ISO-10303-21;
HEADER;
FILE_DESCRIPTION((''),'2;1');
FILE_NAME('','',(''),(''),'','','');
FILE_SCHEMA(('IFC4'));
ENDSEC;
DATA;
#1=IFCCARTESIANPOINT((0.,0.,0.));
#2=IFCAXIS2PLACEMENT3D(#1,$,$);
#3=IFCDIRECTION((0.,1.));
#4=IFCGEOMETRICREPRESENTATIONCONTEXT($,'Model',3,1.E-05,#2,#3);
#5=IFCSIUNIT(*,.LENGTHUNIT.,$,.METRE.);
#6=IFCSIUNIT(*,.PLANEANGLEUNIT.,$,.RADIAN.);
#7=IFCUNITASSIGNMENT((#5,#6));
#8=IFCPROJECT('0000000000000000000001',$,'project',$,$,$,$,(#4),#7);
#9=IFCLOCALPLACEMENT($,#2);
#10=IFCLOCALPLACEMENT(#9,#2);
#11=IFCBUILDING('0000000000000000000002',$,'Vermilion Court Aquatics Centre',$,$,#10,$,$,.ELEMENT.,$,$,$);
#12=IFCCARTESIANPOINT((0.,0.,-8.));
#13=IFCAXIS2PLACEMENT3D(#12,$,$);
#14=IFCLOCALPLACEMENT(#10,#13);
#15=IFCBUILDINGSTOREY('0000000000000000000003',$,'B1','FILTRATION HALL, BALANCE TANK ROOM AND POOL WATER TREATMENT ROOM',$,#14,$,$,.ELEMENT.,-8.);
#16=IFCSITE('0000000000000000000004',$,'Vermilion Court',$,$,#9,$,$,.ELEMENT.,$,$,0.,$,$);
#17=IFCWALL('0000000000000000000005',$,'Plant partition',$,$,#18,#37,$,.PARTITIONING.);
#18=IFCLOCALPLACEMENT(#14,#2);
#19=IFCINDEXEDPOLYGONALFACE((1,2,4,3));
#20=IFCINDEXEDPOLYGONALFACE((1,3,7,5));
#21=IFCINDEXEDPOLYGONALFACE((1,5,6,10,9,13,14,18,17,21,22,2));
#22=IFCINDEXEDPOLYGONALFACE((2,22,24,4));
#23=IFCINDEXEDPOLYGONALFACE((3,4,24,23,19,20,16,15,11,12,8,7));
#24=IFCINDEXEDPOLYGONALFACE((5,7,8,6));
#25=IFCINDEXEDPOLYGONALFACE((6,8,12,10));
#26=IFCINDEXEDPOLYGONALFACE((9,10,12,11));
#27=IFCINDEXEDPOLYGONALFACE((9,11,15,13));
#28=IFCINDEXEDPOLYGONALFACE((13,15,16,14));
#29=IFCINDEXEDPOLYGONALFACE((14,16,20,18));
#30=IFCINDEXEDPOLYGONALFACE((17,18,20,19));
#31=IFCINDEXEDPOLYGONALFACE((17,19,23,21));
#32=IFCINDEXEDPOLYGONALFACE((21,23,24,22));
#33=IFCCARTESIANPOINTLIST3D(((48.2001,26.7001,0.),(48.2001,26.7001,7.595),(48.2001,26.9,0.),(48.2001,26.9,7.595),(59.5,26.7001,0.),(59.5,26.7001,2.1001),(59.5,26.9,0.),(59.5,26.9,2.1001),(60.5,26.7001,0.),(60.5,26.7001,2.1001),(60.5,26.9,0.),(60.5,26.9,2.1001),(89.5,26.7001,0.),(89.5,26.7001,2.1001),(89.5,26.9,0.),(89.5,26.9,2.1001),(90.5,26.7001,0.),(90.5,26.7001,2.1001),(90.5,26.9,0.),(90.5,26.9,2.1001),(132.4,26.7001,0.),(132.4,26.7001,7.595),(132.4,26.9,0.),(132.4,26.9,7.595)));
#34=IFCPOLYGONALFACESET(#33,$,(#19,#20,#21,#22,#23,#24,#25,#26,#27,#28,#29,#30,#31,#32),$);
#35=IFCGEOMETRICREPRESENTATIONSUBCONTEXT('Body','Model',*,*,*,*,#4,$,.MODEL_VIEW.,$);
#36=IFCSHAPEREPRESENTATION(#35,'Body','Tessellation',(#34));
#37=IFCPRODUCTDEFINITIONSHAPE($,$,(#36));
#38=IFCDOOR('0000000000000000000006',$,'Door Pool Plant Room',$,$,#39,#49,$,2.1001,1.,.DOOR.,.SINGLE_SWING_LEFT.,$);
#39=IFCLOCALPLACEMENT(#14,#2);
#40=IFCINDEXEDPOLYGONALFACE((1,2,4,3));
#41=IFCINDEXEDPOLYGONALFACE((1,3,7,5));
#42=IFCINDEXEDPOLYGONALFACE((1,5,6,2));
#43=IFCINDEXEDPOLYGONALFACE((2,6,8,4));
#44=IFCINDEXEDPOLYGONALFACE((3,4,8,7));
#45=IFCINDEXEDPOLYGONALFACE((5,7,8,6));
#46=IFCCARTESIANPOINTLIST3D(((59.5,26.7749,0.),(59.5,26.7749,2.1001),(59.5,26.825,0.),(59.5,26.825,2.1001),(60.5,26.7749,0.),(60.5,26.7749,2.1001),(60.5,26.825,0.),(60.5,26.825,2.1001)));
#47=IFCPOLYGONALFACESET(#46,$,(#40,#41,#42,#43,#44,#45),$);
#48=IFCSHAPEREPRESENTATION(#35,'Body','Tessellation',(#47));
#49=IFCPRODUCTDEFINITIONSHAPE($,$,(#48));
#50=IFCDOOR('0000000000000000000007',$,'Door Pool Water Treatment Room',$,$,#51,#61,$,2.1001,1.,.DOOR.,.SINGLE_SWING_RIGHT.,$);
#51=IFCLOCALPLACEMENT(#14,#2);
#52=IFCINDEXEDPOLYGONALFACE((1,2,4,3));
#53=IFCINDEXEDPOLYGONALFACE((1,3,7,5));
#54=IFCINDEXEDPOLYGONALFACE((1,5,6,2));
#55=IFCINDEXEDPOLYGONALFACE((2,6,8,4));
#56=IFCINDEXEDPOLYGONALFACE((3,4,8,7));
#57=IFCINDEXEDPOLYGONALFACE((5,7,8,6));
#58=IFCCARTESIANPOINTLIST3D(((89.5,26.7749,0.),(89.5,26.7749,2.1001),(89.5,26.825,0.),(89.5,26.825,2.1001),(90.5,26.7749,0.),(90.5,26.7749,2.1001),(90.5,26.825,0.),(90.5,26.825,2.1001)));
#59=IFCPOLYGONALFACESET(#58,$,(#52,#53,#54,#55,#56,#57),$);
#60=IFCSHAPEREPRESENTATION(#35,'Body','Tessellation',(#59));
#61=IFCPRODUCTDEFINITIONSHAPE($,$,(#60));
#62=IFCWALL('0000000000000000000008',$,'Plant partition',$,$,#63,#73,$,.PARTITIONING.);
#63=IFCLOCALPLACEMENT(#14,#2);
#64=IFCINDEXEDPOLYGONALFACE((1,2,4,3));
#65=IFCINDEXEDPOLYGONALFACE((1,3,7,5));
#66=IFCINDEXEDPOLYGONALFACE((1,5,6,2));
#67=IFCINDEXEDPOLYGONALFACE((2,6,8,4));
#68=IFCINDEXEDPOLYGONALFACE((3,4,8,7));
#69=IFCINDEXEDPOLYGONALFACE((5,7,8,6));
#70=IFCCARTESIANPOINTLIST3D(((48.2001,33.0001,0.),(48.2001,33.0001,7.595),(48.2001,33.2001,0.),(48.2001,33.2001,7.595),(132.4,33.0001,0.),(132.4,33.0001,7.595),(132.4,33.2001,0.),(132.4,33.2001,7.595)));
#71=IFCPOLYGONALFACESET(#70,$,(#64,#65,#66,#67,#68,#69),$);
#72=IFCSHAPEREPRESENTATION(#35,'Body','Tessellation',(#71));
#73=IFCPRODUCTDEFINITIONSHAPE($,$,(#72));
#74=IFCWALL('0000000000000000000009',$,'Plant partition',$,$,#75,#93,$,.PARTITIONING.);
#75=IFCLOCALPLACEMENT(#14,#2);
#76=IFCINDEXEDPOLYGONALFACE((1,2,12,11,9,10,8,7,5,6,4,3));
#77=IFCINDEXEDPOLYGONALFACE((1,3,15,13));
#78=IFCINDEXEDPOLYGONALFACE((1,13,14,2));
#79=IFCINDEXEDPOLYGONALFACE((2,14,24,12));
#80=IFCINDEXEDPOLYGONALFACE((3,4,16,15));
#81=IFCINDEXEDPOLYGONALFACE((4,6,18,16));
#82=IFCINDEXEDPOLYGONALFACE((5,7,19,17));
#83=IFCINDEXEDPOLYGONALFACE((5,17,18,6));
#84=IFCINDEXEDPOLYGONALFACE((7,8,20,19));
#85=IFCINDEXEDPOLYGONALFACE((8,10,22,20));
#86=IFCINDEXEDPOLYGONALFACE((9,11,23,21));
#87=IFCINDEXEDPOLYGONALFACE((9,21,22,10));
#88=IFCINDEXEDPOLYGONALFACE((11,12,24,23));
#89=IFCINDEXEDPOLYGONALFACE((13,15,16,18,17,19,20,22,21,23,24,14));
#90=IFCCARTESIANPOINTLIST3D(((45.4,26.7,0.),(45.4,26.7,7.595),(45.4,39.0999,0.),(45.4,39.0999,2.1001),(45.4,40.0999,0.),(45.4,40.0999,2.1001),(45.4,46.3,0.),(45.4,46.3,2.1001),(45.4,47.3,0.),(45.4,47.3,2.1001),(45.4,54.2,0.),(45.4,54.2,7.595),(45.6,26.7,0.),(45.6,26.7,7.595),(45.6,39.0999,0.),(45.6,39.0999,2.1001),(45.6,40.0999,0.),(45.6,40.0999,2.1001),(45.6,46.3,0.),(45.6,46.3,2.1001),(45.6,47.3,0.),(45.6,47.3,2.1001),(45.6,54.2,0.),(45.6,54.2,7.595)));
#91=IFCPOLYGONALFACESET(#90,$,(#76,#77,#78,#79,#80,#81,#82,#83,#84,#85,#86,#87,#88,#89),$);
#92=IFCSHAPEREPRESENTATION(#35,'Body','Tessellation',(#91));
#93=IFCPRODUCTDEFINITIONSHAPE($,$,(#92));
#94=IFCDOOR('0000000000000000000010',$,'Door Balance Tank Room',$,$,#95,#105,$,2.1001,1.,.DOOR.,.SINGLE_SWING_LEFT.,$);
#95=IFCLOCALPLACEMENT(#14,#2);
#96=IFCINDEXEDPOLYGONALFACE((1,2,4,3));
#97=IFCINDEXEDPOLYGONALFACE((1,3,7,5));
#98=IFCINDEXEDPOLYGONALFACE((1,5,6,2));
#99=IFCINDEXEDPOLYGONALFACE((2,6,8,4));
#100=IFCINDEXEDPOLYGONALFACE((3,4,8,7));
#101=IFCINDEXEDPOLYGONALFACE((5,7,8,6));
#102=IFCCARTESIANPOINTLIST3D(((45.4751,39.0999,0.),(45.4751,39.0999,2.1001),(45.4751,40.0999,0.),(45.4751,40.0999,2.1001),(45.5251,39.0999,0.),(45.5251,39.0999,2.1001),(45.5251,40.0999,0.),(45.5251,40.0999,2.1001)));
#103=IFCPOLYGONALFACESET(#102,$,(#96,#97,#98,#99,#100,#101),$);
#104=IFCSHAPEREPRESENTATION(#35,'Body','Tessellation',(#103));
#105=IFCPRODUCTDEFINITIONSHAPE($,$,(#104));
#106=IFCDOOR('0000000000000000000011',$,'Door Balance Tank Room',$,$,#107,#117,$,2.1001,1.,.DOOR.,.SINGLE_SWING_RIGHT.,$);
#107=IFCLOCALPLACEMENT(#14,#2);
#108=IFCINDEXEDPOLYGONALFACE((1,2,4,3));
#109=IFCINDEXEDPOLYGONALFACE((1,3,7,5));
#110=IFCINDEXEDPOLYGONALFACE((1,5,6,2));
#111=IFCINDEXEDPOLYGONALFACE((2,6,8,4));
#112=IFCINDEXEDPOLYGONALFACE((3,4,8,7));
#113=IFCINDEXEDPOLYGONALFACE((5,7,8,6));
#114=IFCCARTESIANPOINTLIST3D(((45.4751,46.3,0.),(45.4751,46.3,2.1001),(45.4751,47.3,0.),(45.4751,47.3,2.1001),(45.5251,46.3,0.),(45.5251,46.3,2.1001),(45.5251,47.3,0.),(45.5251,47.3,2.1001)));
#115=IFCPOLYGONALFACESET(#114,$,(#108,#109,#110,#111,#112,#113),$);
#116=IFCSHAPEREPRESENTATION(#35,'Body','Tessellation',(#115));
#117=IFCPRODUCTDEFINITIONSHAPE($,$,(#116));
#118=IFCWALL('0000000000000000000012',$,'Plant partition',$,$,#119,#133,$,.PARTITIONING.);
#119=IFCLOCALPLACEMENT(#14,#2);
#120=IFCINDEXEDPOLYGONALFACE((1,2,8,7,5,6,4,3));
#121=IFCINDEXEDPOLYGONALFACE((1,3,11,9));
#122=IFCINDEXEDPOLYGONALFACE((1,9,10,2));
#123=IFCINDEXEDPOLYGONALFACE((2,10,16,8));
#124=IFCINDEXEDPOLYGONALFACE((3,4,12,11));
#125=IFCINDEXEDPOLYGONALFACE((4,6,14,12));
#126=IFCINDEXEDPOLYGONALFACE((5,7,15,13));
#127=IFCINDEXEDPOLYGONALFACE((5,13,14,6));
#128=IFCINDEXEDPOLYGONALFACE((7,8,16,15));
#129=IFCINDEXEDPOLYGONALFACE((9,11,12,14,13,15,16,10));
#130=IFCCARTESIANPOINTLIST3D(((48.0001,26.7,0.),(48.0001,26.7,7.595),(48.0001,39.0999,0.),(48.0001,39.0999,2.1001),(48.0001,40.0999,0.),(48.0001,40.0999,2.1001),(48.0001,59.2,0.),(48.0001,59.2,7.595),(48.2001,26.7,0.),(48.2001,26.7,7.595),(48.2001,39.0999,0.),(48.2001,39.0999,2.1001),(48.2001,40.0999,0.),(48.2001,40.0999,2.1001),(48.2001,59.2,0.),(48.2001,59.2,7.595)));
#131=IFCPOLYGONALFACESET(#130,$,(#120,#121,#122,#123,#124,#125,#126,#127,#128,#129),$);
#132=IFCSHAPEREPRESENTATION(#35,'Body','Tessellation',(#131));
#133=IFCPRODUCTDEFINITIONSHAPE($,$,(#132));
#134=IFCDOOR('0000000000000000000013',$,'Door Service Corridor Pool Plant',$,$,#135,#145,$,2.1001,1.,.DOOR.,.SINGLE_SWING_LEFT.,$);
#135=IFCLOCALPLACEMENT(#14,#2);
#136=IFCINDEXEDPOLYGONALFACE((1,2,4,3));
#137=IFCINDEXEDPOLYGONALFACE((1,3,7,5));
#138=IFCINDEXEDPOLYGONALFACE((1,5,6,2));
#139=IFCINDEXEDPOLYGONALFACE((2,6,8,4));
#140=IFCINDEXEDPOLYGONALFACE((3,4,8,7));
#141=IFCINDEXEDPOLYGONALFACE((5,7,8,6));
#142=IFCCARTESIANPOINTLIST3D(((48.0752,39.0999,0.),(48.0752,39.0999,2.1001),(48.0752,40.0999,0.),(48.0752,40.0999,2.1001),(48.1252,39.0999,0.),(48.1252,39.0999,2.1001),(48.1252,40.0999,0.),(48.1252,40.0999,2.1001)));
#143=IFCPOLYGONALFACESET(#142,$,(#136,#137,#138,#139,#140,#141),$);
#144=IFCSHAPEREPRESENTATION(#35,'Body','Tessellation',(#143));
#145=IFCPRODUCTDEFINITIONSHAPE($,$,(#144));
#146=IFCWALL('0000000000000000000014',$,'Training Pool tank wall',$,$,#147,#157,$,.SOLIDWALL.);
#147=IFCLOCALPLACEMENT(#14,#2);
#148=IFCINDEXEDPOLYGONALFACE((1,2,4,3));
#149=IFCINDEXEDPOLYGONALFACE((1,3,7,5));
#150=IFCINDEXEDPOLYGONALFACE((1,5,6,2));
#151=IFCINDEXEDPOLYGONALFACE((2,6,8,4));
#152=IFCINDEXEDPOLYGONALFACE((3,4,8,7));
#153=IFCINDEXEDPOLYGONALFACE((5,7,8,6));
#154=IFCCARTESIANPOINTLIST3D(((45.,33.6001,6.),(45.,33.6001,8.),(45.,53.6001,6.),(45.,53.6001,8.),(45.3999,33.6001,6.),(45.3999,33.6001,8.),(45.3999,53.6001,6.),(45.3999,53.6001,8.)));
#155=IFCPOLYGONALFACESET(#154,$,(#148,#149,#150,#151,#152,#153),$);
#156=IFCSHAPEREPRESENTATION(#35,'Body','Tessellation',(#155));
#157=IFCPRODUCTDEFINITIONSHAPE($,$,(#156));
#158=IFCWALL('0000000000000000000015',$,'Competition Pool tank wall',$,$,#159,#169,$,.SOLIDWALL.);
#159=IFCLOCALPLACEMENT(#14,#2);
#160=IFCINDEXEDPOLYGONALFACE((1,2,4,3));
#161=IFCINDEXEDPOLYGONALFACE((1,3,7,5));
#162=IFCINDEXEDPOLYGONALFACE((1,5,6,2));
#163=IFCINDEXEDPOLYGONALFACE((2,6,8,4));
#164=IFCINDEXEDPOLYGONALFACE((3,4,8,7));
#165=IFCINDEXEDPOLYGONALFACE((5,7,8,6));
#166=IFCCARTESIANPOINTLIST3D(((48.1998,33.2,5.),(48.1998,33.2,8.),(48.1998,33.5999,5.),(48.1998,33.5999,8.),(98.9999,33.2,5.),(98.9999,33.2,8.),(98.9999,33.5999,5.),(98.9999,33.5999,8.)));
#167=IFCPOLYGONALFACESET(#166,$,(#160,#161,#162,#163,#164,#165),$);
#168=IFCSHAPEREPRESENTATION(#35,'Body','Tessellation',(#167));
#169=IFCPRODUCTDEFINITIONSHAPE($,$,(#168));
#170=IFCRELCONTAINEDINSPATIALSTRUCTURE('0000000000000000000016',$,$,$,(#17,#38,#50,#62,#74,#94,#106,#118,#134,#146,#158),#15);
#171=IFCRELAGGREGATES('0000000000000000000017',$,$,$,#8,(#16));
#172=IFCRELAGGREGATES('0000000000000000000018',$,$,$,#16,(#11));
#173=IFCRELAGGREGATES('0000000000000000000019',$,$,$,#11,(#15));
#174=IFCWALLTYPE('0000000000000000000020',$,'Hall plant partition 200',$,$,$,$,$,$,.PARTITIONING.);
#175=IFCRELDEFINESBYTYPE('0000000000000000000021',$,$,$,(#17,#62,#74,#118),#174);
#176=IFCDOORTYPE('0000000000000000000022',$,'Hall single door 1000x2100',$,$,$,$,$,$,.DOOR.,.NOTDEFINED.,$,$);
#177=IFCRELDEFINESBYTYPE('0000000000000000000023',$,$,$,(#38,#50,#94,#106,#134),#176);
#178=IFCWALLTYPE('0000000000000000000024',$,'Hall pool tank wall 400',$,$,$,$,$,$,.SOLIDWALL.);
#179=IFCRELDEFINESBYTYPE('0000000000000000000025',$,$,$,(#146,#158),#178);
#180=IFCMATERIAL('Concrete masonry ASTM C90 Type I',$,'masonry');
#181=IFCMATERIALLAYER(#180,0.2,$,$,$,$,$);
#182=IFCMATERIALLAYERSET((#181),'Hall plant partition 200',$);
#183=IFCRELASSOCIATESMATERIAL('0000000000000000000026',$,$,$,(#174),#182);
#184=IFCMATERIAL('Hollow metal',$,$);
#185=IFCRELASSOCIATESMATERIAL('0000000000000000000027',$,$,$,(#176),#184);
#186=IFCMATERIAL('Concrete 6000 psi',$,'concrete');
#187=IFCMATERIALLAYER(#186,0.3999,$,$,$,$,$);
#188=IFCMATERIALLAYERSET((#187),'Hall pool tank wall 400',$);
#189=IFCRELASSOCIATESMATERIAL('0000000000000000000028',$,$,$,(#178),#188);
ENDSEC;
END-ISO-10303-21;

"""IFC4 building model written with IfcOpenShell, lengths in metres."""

from ifc_helpers import new_model, si_unit, direction, frame, frame_2d, origin, place, context, subcontext, project, spatial, rectangle, extrude, material, layer, layer_set, type_object, element, fill, save


model = new_model("IFC4")

# Units and contexts
model_context = context("Model", 3, precision=1e-05, world=origin(), true_north=direction((0.0, 1.0)))
body_context = subcontext(model_context, "Body", "Model", "MODEL_VIEW")
ifc_project = project(units=[si_unit("LENGTHUNIT", "METRE"), si_unit("PLANEANGLEUNIT", "RADIAN")], contexts=[model_context])

# Site, building, storey
site_placement = place(None, origin())
site = spatial("IfcSite", under=ifc_project, at=site_placement, Name="Vermilion Court", CompositionType="ELEMENT", RefElevation=0.0)
building_placement = place(site_placement, origin())
building = spatial("IfcBuilding", under=site, at=building_placement, Name="Vermilion Court Aquatics Centre", CompositionType="ELEMENT")
storey_placement = place(building_placement, frame((0.0, 0.0, -8.0)))
storey = spatial("IfcBuildingStorey", under=building, at=storey_placement, Name="B1", Description="FILTRATION HALL, BALANCE TANK ROOM AND POOL WATER TREATMENT ROOM", CompositionType="ELEMENT", Elevation=-8.0)

# Shared definitions
ifc_material_1 = material(Name="Concrete masonry ASTM C90 Type I", Category="masonry")
ifc_layer_1 = layer(ifc_material_1, 0.2)
ifc_layer_set_1 = layer_set([ifc_layer_1], Name="Hall plant partition 200")
wall_type_1 = type_object("IfcWallType", Name="Hall plant partition 200", PredefinedType="PARTITIONING", material=ifc_layer_set_1)

# Wall, openings, doors
wall_1_placement = place(storey_placement, frame((48.2, 26.8, 0.0), z_axis=(0.0, 0.0, 1.0), x_axis=(1.0, 0.0, 0.0)))
wall_1 = element("IfcWall", 1, at=wall_1_placement, inside=storey, type_object=wall_type_1, Name="Plant partition", PredefinedType="PARTITIONING", context=body_context, shape_type="SweptSolid", body=[
    extrude(rectangle(XDim=84.2, YDim=0.2, at=frame_2d((42.1001, 0.0))), origin(), (0.0, 0.0, 1.0), 7.595),
])
opening_1_placement = place(wall_1_placement, frame((11.3, 0.0, 0.0)))
opening_1 = element("IfcOpeningElement", 2, at=opening_1_placement, cuts=wall_1, PredefinedType="OPENING", context=body_context, shape_type="SweptSolid", body=[
    extrude(rectangle(XDim=1.0, YDim=2.1001, at=frame_2d((0.5, 1.05))), frame((0.0, 0.1099, 0.0), z_axis=(0.0, -1.0, 0.0), x_axis=(1.0, 0.0, 0.0)), (0.0, 0.0, 1.0), 0.22),
])
opening_2_placement = place(wall_1_placement, frame((41.3, 0.0, 0.0)))
opening_2 = element("IfcOpeningElement", 3, at=opening_2_placement, cuts=wall_1, PredefinedType="OPENING", context=body_context, shape_type="SweptSolid", body=[
    extrude(rectangle(XDim=1.0, YDim=2.1001, at=frame_2d((0.5, 1.05))), frame((0.0, 0.1099, 0.0), z_axis=(0.0, -1.0, 0.0), x_axis=(1.0, 0.0, 0.0)), (0.0, 0.0, 1.0), 0.22),
])
ifc_material_2 = material(Name="Hollow metal")
door_type = type_object("IfcDoorType", Name="Hall single door 1000x2100", OperationType="NOTDEFINED", PredefinedType="DOOR", material=ifc_material_2)
door_1_placement = place(opening_1_placement, origin())
door_1 = element("IfcDoor", 4, at=door_1_placement, inside=storey, type_object=door_type, Name="Door Pool Plant Room", OperationType="SINGLE_SWING_LEFT", OverallHeight=2.1001, OverallWidth=1.0, PredefinedType="DOOR", context=body_context, shape_type="SweptSolid", body=[
    extrude(rectangle(XDim=1.0, YDim=2.1001, at=frame_2d((0.5, 1.05))), frame((0.0, 0.0249, 0.0), z_axis=(0.0, -1.0, 0.0), x_axis=(1.0, 0.0, 0.0)), (0.0, 0.0, 1.0), 0.05),
])
fill(opening_1, door_1)
door_2_placement = place(opening_2_placement, origin())
door_2 = element("IfcDoor", 5, at=door_2_placement, inside=storey, type_object=door_type, Name="Door Pool Water Treatment Room", OperationType="SINGLE_SWING_RIGHT", OverallHeight=2.1001, OverallWidth=1.0, PredefinedType="DOOR", context=body_context, shape_type="SweptSolid", body=[
    extrude(rectangle(XDim=1.0, YDim=2.1001, at=frame_2d((0.5, 1.05))), frame((0.0, 0.0249, 0.0), z_axis=(0.0, -1.0, 0.0), x_axis=(1.0, 0.0, 0.0)), (0.0, 0.0, 1.0), 0.05),
])
fill(opening_2, door_2)

# Wall
wall_2_placement = place(storey_placement, frame((48.2, 33.1001, 0.0), z_axis=(0.0, 0.0, 1.0), x_axis=(1.0, 0.0, 0.0)))
element("IfcWall", 6, at=wall_2_placement, inside=storey, type_object=wall_type_1, Name="Plant partition", PredefinedType="PARTITIONING", context=body_context, shape_type="SweptSolid", body=[
    extrude(rectangle(XDim=84.2, YDim=0.2, at=frame_2d((42.1001, 0.0))), origin(), (0.0, 0.0, 1.0), 7.595),
])

# Wall, openings, doors
wall_3_placement = place(storey_placement, frame((45.5, 26.7, 0.0), z_axis=(0.0, 0.0, 1.0), x_axis=(0.0, 1.0, 0.0)))
wall_3 = element("IfcWall", 7, at=wall_3_placement, inside=storey, type_object=wall_type_1, Name="Plant partition", PredefinedType="PARTITIONING", context=body_context, shape_type="SweptSolid", body=[
    extrude(rectangle(XDim=27.5, YDim=0.2, at=frame_2d((13.75, 0.0))), origin(), (0.0, 0.0, 1.0), 7.595),
])
opening_3_placement = place(wall_3_placement, frame((12.3999, 0.0, 0.0)))
opening_3 = element("IfcOpeningElement", 8, at=opening_3_placement, cuts=wall_3, PredefinedType="OPENING", context=body_context, shape_type="SweptSolid", body=[
    extrude(rectangle(XDim=1.0, YDim=2.1001, at=frame_2d((0.5, 1.05))), frame((0.0, 0.1099, 0.0), z_axis=(0.0, -1.0, 0.0), x_axis=(1.0, 0.0, 0.0)), (0.0, 0.0, 1.0), 0.22),
])
opening_4_placement = place(wall_3_placement, frame((19.6001, 0.0, 0.0)))
opening_4 = element("IfcOpeningElement", 9, at=opening_4_placement, cuts=wall_3, PredefinedType="OPENING", context=body_context, shape_type="SweptSolid", body=[
    extrude(rectangle(XDim=1.0, YDim=2.1001, at=frame_2d((0.5, 1.05))), frame((0.0, 0.1099, 0.0), z_axis=(0.0, -1.0, 0.0), x_axis=(1.0, 0.0, 0.0)), (0.0, 0.0, 1.0), 0.22),
])
door_3_placement = place(opening_3_placement, origin())
door_3 = element("IfcDoor", 10, at=door_3_placement, inside=storey, type_object=door_type, Name="Door Balance Tank Room", OperationType="SINGLE_SWING_LEFT", OverallHeight=2.1001, OverallWidth=1.0, PredefinedType="DOOR", context=body_context, shape_type="SweptSolid", body=[
    extrude(rectangle(XDim=1.0, YDim=2.1001, at=frame_2d((0.5, 1.05))), frame((0.0, 0.0249, 0.0), z_axis=(0.0, -1.0, 0.0), x_axis=(1.0, 0.0, 0.0)), (0.0, 0.0, 1.0), 0.05),
])
fill(opening_3, door_3)
door_4_placement = place(opening_4_placement, origin())
door_4 = element("IfcDoor", 11, at=door_4_placement, inside=storey, type_object=door_type, Name="Door Balance Tank Room", OperationType="SINGLE_SWING_RIGHT", OverallHeight=2.1001, OverallWidth=1.0, PredefinedType="DOOR", context=body_context, shape_type="SweptSolid", body=[
    extrude(rectangle(XDim=1.0, YDim=2.1001, at=frame_2d((0.5, 1.05))), frame((0.0, 0.0249, 0.0), z_axis=(0.0, -1.0, 0.0), x_axis=(1.0, 0.0, 0.0)), (0.0, 0.0, 1.0), 0.05),
])
fill(opening_4, door_4)

# Wall, opening, door
wall_4_placement = place(storey_placement, frame((48.1001, 26.7, 0.0), z_axis=(0.0, 0.0, 1.0), x_axis=(0.0, 1.0, 0.0)))
wall_4 = element("IfcWall", 12, at=wall_4_placement, inside=storey, type_object=wall_type_1, Name="Plant partition", PredefinedType="PARTITIONING", context=body_context, shape_type="SweptSolid", body=[
    extrude(rectangle(XDim=32.5, YDim=0.2, at=frame_2d((16.25, 0.0))), origin(), (0.0, 0.0, 1.0), 7.595),
])
opening_5_placement = place(wall_4_placement, frame((12.3999, 0.0, 0.0)))
opening_5 = element("IfcOpeningElement", 13, at=opening_5_placement, cuts=wall_4, PredefinedType="OPENING", context=body_context, shape_type="SweptSolid", body=[
    extrude(rectangle(XDim=1.0, YDim=2.1001, at=frame_2d((0.5, 1.05))), frame((0.0, 0.1099, 0.0), z_axis=(0.0, -1.0, 0.0), x_axis=(1.0, 0.0, 0.0)), (0.0, 0.0, 1.0), 0.22),
])
door_5_placement = place(opening_5_placement, origin())
door_5 = element("IfcDoor", 14, at=door_5_placement, inside=storey, type_object=door_type, Name="Door Service Corridor Pool Plant", OperationType="SINGLE_SWING_LEFT", OverallHeight=2.1001, OverallWidth=1.0, PredefinedType="DOOR", context=body_context, shape_type="SweptSolid", body=[
    extrude(rectangle(XDim=1.0, YDim=2.1001, at=frame_2d((0.5, 1.05))), frame((0.0, 0.0249, 0.0), z_axis=(0.0, -1.0, 0.0), x_axis=(1.0, 0.0, 0.0)), (0.0, 0.0, 1.0), 0.05),
])
fill(opening_5, door_5)

# Walls
ifc_material_3 = material(Name="Concrete 6000 psi", Category="concrete")
ifc_layer_2 = layer(ifc_material_3, 0.3999)
ifc_layer_set_2 = layer_set([ifc_layer_2], Name="Hall pool tank wall 400")
wall_type_2 = type_object("IfcWallType", Name="Hall pool tank wall 400", PredefinedType="SOLIDWALL", material=ifc_layer_set_2)
wall_5_placement = place(storey_placement, frame((45.2, 33.6001, 6.0), z_axis=(0.0, 0.0, 1.0), x_axis=(0.0, 1.0, 0.0)))
element("IfcWall", 15, at=wall_5_placement, inside=storey, type_object=wall_type_2, Name="Training Pool tank wall", PredefinedType="SOLIDWALL", context=body_context, shape_type="SweptSolid", body=[
    extrude(rectangle(XDim=20.0, YDim=0.3999, at=frame_2d((10.0, 0.0))), origin(), (0.0, 0.0, 1.0), 2.0),
])
wall_6_placement = place(storey_placement, frame((48.2, 33.3999, 5.0), z_axis=(0.0, 0.0, 1.0), x_axis=(1.0, 0.0, 0.0)))
element("IfcWall", 16, at=wall_6_placement, inside=storey, type_object=wall_type_2, Name="Competition Pool tank wall", PredefinedType="SOLIDWALL", context=body_context, shape_type="SweptSolid", body=[
    extrude(rectangle(XDim=50.8, YDim=0.3999, at=frame_2d((25.3999, 0.0))), origin(), (0.0, 0.0, 1.0), 3.0),
])

save(model, "model.ifc")
